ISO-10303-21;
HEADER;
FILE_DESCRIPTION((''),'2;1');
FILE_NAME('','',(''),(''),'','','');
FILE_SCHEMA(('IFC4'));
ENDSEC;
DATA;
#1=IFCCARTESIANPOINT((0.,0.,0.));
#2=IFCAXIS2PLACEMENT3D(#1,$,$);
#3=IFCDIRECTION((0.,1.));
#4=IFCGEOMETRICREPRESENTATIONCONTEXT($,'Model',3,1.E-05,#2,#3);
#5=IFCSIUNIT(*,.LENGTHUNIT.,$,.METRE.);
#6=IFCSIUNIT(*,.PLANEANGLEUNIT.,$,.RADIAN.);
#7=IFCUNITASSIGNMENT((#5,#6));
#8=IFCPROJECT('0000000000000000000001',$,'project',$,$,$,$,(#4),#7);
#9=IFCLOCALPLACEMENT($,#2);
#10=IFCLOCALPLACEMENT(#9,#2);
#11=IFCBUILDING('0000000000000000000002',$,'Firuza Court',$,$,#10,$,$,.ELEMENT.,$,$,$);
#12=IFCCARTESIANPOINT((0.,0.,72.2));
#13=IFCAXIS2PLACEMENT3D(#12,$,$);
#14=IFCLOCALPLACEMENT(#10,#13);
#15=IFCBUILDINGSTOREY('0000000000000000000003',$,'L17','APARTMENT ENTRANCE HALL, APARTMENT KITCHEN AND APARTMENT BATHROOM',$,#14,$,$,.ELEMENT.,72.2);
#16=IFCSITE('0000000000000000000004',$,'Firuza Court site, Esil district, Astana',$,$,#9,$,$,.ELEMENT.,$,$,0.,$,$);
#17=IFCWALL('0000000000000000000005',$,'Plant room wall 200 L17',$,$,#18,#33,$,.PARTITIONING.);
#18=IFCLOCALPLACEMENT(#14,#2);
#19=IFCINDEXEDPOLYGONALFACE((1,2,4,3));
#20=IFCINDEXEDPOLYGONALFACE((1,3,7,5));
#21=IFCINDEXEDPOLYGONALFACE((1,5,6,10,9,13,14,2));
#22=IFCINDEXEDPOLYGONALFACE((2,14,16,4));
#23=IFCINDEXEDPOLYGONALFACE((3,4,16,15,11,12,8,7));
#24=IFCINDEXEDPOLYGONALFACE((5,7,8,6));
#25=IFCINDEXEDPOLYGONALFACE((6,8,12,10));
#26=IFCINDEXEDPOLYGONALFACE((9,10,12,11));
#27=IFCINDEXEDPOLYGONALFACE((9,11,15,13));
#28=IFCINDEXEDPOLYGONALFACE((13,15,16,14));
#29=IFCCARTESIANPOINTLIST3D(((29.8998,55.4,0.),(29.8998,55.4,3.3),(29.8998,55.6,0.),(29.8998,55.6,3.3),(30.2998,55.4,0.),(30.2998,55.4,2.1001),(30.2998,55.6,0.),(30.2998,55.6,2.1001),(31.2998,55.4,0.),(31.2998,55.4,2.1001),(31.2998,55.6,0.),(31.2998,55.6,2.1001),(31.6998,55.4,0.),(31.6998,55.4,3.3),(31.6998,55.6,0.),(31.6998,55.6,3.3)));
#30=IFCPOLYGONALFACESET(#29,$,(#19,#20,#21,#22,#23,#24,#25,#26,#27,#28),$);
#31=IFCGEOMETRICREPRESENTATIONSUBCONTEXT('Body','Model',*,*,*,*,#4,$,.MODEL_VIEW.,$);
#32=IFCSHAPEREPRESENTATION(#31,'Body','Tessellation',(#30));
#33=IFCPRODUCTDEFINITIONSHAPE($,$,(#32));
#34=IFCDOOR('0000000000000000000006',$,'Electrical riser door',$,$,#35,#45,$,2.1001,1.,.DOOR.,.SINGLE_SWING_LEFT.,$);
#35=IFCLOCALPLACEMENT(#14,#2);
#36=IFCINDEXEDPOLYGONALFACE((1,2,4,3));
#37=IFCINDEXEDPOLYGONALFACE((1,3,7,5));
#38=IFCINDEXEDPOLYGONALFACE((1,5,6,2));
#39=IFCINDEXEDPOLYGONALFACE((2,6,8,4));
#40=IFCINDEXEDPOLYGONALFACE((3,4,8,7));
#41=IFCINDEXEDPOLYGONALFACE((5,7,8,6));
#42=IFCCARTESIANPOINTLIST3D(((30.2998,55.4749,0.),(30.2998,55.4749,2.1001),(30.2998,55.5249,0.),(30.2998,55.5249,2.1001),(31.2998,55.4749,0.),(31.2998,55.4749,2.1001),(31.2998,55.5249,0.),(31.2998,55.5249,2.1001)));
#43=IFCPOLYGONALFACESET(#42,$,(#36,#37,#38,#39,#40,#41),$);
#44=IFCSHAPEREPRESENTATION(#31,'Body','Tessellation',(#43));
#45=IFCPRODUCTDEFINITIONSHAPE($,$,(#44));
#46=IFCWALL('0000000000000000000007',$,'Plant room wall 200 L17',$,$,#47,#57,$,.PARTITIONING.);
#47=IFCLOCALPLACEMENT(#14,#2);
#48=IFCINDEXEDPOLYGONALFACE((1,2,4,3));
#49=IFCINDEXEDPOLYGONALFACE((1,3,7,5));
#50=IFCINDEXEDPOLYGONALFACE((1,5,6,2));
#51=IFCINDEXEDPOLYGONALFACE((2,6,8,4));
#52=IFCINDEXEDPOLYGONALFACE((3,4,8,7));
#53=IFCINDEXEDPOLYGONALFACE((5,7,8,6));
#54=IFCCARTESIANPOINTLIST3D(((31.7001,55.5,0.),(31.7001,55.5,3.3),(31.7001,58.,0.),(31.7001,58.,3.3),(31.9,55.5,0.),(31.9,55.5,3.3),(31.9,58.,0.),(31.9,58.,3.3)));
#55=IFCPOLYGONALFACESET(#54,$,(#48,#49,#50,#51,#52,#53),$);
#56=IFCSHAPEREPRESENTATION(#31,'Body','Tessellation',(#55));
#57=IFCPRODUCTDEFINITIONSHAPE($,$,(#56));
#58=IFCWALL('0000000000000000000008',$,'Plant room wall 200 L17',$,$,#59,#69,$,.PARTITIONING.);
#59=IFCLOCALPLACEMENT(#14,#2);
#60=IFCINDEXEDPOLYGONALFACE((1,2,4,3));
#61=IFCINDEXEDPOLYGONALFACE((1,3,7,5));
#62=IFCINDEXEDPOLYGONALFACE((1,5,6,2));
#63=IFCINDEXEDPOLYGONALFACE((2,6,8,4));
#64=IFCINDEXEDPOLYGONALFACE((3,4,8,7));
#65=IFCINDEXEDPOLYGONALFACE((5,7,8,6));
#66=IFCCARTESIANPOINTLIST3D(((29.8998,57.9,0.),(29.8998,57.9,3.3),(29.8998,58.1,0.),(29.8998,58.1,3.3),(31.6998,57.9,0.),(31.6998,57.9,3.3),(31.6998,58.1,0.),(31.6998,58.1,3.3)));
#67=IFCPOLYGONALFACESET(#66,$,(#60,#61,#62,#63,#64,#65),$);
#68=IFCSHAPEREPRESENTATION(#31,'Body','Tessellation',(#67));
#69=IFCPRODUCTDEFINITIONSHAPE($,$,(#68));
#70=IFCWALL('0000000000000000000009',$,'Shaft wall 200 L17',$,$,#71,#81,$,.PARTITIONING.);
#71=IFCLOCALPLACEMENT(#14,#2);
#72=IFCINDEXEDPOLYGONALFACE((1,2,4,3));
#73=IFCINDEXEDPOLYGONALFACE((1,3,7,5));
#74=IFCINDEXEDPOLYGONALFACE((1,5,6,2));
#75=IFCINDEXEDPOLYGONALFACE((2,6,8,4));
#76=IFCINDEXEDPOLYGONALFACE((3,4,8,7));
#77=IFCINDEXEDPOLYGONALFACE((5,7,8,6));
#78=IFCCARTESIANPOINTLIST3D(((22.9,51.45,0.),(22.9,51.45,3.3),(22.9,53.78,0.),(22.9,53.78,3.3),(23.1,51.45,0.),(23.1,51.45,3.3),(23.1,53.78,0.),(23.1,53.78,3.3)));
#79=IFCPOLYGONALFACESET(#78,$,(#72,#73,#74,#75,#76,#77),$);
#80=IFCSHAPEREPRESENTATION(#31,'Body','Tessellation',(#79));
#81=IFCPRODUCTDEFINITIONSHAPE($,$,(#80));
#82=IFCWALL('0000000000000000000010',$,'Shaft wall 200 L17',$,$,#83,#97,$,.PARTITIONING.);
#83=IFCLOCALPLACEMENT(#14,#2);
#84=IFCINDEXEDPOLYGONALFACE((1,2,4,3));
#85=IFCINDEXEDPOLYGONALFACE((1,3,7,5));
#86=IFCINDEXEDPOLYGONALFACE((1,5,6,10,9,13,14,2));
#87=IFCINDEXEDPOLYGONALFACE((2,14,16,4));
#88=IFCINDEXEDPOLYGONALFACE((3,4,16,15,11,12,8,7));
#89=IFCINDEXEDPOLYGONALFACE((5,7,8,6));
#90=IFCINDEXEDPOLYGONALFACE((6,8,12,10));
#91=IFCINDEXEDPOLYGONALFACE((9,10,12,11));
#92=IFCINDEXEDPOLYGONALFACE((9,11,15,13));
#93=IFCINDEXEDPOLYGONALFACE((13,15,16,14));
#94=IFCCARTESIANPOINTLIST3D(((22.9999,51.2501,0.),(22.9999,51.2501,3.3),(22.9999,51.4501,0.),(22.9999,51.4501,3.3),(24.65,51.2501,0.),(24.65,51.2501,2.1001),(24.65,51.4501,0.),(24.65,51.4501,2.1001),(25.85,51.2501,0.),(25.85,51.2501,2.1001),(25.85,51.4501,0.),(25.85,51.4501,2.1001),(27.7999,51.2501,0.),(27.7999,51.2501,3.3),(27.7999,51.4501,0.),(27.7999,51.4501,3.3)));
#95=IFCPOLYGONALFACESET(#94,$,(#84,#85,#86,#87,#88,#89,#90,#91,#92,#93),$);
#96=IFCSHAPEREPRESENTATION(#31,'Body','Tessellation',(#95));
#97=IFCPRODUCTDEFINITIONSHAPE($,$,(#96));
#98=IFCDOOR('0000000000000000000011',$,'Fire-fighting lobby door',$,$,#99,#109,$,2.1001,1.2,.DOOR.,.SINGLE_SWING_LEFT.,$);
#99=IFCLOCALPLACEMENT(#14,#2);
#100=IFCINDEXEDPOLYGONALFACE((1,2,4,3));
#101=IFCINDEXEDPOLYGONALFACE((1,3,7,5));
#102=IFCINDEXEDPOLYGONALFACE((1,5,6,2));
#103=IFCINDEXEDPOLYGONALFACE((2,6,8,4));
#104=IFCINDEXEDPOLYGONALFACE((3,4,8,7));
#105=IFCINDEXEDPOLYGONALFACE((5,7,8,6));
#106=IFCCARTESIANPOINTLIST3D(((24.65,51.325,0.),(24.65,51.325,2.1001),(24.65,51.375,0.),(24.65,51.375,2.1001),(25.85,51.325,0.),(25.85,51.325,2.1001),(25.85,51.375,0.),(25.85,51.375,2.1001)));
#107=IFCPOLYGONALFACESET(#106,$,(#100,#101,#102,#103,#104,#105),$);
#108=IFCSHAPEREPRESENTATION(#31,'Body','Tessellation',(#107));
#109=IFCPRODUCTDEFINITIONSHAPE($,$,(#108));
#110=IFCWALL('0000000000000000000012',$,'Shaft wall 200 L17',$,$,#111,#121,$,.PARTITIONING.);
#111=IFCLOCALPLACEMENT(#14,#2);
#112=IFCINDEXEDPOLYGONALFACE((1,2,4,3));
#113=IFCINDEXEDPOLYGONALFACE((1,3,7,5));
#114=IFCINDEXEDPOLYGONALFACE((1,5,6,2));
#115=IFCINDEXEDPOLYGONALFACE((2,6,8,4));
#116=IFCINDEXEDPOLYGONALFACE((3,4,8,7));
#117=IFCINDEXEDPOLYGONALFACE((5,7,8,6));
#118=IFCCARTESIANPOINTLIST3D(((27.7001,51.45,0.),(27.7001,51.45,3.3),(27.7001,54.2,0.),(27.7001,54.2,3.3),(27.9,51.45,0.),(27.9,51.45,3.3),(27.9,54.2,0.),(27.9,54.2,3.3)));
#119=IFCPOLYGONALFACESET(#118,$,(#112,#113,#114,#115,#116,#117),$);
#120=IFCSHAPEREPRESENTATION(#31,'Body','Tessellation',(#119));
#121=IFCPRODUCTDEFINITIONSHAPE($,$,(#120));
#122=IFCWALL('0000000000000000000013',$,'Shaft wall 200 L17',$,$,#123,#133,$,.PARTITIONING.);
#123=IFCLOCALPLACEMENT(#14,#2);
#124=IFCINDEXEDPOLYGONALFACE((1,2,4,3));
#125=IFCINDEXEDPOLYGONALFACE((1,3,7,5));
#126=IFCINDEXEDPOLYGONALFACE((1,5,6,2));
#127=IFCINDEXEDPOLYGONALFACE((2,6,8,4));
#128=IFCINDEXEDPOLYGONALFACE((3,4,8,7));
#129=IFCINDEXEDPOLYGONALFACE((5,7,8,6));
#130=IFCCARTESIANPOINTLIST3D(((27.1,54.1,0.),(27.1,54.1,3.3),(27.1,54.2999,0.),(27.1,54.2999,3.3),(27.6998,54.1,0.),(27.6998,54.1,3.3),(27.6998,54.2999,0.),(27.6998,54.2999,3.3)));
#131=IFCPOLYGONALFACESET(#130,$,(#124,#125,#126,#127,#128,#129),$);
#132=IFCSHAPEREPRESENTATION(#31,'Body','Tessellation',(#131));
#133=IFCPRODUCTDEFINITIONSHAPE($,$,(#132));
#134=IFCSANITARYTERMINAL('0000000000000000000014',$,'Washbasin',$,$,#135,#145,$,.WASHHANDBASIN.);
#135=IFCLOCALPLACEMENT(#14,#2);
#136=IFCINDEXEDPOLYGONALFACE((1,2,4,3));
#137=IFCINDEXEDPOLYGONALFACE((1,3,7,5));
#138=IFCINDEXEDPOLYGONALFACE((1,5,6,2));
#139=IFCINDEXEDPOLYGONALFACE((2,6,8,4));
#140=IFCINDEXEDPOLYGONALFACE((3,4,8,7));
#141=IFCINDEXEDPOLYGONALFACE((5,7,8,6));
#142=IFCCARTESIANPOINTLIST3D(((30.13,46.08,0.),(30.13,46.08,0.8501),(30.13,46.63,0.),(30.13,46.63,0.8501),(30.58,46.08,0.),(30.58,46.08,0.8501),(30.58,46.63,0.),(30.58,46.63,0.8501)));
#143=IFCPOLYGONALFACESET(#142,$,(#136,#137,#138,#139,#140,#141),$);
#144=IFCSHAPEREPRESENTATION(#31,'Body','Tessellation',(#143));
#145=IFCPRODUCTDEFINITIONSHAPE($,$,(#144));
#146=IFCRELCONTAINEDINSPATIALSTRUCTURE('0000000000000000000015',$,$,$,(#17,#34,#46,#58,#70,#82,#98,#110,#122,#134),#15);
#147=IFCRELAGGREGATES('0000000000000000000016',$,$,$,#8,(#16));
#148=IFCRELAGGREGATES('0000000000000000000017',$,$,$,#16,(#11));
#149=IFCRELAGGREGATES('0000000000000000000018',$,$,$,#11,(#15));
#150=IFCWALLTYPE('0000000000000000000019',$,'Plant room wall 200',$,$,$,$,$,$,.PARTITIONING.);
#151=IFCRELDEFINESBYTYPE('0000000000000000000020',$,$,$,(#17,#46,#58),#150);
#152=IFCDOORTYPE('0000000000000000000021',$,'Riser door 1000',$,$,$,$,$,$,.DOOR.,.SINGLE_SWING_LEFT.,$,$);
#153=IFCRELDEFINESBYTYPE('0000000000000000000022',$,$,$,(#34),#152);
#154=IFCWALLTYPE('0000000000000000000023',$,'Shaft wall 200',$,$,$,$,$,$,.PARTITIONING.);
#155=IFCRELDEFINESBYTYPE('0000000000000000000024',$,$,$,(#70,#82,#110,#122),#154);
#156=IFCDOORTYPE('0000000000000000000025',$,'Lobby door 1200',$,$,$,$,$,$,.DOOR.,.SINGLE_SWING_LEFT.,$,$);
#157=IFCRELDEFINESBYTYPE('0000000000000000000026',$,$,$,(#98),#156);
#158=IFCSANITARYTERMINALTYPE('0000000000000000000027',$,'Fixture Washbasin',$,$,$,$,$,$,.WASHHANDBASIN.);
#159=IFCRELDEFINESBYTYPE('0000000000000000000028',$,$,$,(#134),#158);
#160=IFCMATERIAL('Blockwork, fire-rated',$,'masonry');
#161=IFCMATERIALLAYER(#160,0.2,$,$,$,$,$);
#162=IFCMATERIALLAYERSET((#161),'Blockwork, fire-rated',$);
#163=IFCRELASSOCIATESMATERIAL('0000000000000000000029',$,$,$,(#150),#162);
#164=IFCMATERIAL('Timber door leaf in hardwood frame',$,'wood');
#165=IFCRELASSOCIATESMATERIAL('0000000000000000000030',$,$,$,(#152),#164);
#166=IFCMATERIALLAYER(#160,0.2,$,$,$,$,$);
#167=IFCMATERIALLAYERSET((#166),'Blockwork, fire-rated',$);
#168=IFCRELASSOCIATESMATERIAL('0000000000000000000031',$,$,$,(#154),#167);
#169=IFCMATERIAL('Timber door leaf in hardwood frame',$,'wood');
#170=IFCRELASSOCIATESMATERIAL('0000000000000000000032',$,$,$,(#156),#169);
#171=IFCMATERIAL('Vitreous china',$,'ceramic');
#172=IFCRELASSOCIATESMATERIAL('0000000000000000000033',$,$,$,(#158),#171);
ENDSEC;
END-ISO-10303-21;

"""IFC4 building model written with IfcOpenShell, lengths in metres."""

from ifc_helpers import new_model, si_unit, direction, frame, frame_2d, origin, origin_2d, place, context, subcontext, project, spatial, rectangle, extrude, material, layer, layer_set, type_object, element, fill, save


model = new_model("IFC4")

# Units and contexts
model_context = context("Model", 3, precision=1e-05, world=origin(), true_north=direction((0.0, 1.0)))
body_context = subcontext(model_context, "Body", "Model", "MODEL_VIEW")
ifc_project = project(units=[si_unit("LENGTHUNIT", "METRE"), si_unit("PLANEANGLEUNIT", "RADIAN")], contexts=[model_context])

# Site, building, storey
site_placement = place(None, origin())
site = spatial("IfcSite", under=ifc_project, at=site_placement, Name="Firuza Court site, Esil district, Astana", CompositionType="ELEMENT", RefElevation=0.0)
building_placement = place(site_placement, origin())
building = spatial("IfcBuilding", under=site, at=building_placement, Name="Firuza Court", CompositionType="ELEMENT")
storey_placement = place(building_placement, frame((0.0, 0.0, 72.2)))
storey = spatial("IfcBuildingStorey", under=building, at=storey_placement, Name="L17", Description="APARTMENT ENTRANCE HALL, APARTMENT KITCHEN AND APARTMENT BATHROOM", CompositionType="ELEMENT", Elevation=72.2)

# Shared definitions
ifc_material_1 = material(Name="Blockwork, fire-rated", Category="masonry")
ifc_layer_1 = layer(ifc_material_1, 0.2)
ifc_layer_set_1 = layer_set([ifc_layer_1], Name="Blockwork, fire-rated")
wall_type_1 = type_object("IfcWallType", Name="Plant room wall 200", PredefinedType="PARTITIONING", material=ifc_layer_set_1)

# Wall, opening, door
wall_1_placement = place(storey_placement, frame((29.8999, 55.5, 0.0), z_axis=(0.0, 0.0, 1.0), x_axis=(1.0, 0.0, 0.0)))
wall_1 = element("IfcWall", 1, at=wall_1_placement, inside=storey, type_object=wall_type_1, Name="Plant room wall 200 L17", PredefinedType="PARTITIONING", context=body_context, shape_type="SweptSolid", body=[
    extrude(rectangle(XDim=1.8, YDim=0.2, at=frame_2d((0.8999, 0.0))), origin(), (0.0, 0.0, 1.0), 3.3),
])
opening_1_placement = place(wall_1_placement, frame((0.3999, 0.0, 0.0)))
opening_1 = element("IfcOpeningElement", 2, at=opening_1_placement, cuts=wall_1, PredefinedType="OPENING", context=body_context, shape_type="SweptSolid", body=[
    extrude(rectangle(XDim=1.0, YDim=2.1001, at=frame_2d((0.5, 1.05))), frame((0.0, 0.1118, 0.0), z_axis=(0.0, -1.0, 0.0), x_axis=(1.0, 0.0, 0.0)), (0.0, 0.0, 1.0), 0.2239),
])
ifc_material_2 = material(Name="Timber door leaf in hardwood frame", Category="wood")
door_type_1 = type_object("IfcDoorType", Name="Riser door 1000", OperationType="SINGLE_SWING_LEFT", PredefinedType="DOOR", material=ifc_material_2)
door_1_placement = place(opening_1_placement, origin())
door_1 = element("IfcDoor", 3, at=door_1_placement, inside=storey, type_object=door_type_1, Name="Electrical riser door", OperationType="SINGLE_SWING_LEFT", OverallHeight=2.1001, OverallWidth=1.0, PredefinedType="DOOR", context=body_context, shape_type="SweptSolid", body=[
    extrude(rectangle(XDim=1.0, YDim=2.1001, at=frame_2d((0.5, 1.05))), frame((0.0, 0.0249, 0.0), z_axis=(0.0, -1.0, 0.0), x_axis=(1.0, 0.0, 0.0)), (0.0, 0.0, 1.0), 0.05),
])
fill(opening_1, door_1)

# Walls
wall_2_placement = place(storey_placement, frame((31.8, 55.5, 0.0), z_axis=(0.0, 0.0, 1.0), x_axis=(0.0, 1.0, 0.0)))
element("IfcWall", 4, at=wall_2_placement, inside=storey, type_object=wall_type_1, Name="Plant room wall 200 L17", PredefinedType="PARTITIONING", context=body_context, shape_type="SweptSolid", body=[
    extrude(rectangle(XDim=2.5, YDim=0.2, at=frame_2d((1.25, 0.0))), origin(), (0.0, 0.0, 1.0), 3.3),
])
wall_3_placement = place(storey_placement, frame((29.8999, 58.0, 0.0), z_axis=(0.0, 0.0, 1.0), x_axis=(1.0, 0.0, 0.0)))
element("IfcWall", 5, at=wall_3_placement, inside=storey, type_object=wall_type_1, Name="Plant room wall 200 L17", PredefinedType="PARTITIONING", context=body_context, shape_type="SweptSolid", body=[
    extrude(rectangle(XDim=1.8, YDim=0.2, at=frame_2d((0.8999, 0.0))), origin(), (0.0, 0.0, 1.0), 3.3),
])
ifc_layer_2 = layer(ifc_material_1, 0.2)
ifc_layer_set_2 = layer_set([ifc_layer_2], Name="Blockwork, fire-rated")
wall_type_2 = type_object("IfcWallType", Name="Shaft wall 200", PredefinedType="PARTITIONING", material=ifc_layer_set_2)
wall_4_placement = place(storey_placement, frame((23.0, 51.45, 0.0), z_axis=(0.0, 0.0, 1.0), x_axis=(0.0, 1.0, 0.0)))
element("IfcWall", 6, at=wall_4_placement, inside=storey, type_object=wall_type_2, Name="Shaft wall 200 L17", PredefinedType="PARTITIONING", context=body_context, shape_type="SweptSolid", body=[
    extrude(rectangle(XDim=2.3301, YDim=0.2, at=frame_2d((1.165, 0.0))), origin(), (0.0, 0.0, 1.0), 3.3),
])

# Wall, opening, door
wall_5_placement = place(storey_placement, frame((23.0, 51.3501, 0.0), z_axis=(0.0, 0.0, 1.0), x_axis=(1.0, 0.0, 0.0)))
wall_5 = element("IfcWall", 7, at=wall_5_placement, inside=storey, type_object=wall_type_2, Name="Shaft wall 200 L17", PredefinedType="PARTITIONING", context=body_context, shape_type="SweptSolid", body=[
    extrude(rectangle(XDim=4.8, YDim=0.2, at=frame_2d((2.3999, 0.0))), origin(), (0.0, 0.0, 1.0), 3.3),
])
opening_2_placement = place(wall_5_placement, frame((1.6499, 0.0, 0.0)))
opening_2 = element("IfcOpeningElement", 8, at=opening_2_placement, cuts=wall_5, PredefinedType="OPENING", context=body_context, shape_type="SweptSolid", body=[
    extrude(rectangle(XDim=1.2, YDim=2.1001, at=frame_2d((0.6001, 1.05))), frame((0.0, 0.1118, 0.0), z_axis=(0.0, -1.0, 0.0), x_axis=(1.0, 0.0, 0.0)), (0.0, 0.0, 1.0), 0.2239),
])
ifc_material_3 = material(Name="Timber door leaf in hardwood frame", Category="wood")
door_type_2 = type_object("IfcDoorType", Name="Lobby door 1200", OperationType="SINGLE_SWING_LEFT", PredefinedType="DOOR", material=ifc_material_3)
door_2_placement = place(opening_2_placement, origin())
door_2 = element("IfcDoor", 9, at=door_2_placement, inside=storey, type_object=door_type_2, Name="Fire-fighting lobby door", OperationType="SINGLE_SWING_LEFT", OverallHeight=2.1001, OverallWidth=1.2, PredefinedType="DOOR", context=body_context, shape_type="SweptSolid", body=[
    extrude(rectangle(XDim=1.2, YDim=2.1001, at=frame_2d((0.6001, 1.05))), frame((0.0, 0.0249, 0.0), z_axis=(0.0, -1.0, 0.0), x_axis=(1.0, 0.0, 0.0)), (0.0, 0.0, 1.0), 0.05),
])
fill(opening_2, door_2)

# Walls
wall_6_placement = place(storey_placement, frame((27.8, 51.45, 0.0), z_axis=(0.0, 0.0, 1.0), x_axis=(0.0, 1.0, 0.0)))
element("IfcWall", 10, at=wall_6_placement, inside=storey, type_object=wall_type_2, Name="Shaft wall 200 L17", PredefinedType="PARTITIONING", context=body_context, shape_type="SweptSolid", body=[
    extrude(rectangle(XDim=2.75, YDim=0.2, at=frame_2d((1.375, 0.0))), origin(), (0.0, 0.0, 1.0), 3.3),
])
wall_7_placement = place(storey_placement, frame((27.1001, 54.2, 0.0), z_axis=(0.0, 0.0, 1.0), x_axis=(1.0, 0.0, 0.0)))
element("IfcWall", 11, at=wall_7_placement, inside=storey, type_object=wall_type_2, Name="Shaft wall 200 L17", PredefinedType="PARTITIONING", context=body_context, shape_type="SweptSolid", body=[
    extrude(rectangle(XDim=0.5999, YDim=0.2, at=frame_2d((0.2998, 0.0))), origin(), (0.0, 0.0, 1.0), 3.3),
])

# Sanitary terminal
ifc_material_4 = material(Name="Vitreous china", Category="ceramic")
sanitary_terminal_type = type_object("IfcSanitaryTerminalType", Name="Fixture Washbasin", PredefinedType="WASHHANDBASIN", material=ifc_material_4)
sanitary_terminal_placement = place(storey_placement, frame((30.355, 46.355, 0.0), z_axis=(0.0, 0.0, 1.0), x_axis=(1.0, 0.0, 0.0)))
element("IfcSanitaryTerminal", 12, at=sanitary_terminal_placement, inside=storey, type_object=sanitary_terminal_type, Name="Washbasin", PredefinedType="WASHHANDBASIN", context=body_context, shape_type="SweptSolid", body=[
    extrude(rectangle(XDim=0.45, YDim=0.55, at=origin_2d()), origin(), (0.0, 0.0, 1.0), 0.8501),
])

save(model, "model.ifc")
